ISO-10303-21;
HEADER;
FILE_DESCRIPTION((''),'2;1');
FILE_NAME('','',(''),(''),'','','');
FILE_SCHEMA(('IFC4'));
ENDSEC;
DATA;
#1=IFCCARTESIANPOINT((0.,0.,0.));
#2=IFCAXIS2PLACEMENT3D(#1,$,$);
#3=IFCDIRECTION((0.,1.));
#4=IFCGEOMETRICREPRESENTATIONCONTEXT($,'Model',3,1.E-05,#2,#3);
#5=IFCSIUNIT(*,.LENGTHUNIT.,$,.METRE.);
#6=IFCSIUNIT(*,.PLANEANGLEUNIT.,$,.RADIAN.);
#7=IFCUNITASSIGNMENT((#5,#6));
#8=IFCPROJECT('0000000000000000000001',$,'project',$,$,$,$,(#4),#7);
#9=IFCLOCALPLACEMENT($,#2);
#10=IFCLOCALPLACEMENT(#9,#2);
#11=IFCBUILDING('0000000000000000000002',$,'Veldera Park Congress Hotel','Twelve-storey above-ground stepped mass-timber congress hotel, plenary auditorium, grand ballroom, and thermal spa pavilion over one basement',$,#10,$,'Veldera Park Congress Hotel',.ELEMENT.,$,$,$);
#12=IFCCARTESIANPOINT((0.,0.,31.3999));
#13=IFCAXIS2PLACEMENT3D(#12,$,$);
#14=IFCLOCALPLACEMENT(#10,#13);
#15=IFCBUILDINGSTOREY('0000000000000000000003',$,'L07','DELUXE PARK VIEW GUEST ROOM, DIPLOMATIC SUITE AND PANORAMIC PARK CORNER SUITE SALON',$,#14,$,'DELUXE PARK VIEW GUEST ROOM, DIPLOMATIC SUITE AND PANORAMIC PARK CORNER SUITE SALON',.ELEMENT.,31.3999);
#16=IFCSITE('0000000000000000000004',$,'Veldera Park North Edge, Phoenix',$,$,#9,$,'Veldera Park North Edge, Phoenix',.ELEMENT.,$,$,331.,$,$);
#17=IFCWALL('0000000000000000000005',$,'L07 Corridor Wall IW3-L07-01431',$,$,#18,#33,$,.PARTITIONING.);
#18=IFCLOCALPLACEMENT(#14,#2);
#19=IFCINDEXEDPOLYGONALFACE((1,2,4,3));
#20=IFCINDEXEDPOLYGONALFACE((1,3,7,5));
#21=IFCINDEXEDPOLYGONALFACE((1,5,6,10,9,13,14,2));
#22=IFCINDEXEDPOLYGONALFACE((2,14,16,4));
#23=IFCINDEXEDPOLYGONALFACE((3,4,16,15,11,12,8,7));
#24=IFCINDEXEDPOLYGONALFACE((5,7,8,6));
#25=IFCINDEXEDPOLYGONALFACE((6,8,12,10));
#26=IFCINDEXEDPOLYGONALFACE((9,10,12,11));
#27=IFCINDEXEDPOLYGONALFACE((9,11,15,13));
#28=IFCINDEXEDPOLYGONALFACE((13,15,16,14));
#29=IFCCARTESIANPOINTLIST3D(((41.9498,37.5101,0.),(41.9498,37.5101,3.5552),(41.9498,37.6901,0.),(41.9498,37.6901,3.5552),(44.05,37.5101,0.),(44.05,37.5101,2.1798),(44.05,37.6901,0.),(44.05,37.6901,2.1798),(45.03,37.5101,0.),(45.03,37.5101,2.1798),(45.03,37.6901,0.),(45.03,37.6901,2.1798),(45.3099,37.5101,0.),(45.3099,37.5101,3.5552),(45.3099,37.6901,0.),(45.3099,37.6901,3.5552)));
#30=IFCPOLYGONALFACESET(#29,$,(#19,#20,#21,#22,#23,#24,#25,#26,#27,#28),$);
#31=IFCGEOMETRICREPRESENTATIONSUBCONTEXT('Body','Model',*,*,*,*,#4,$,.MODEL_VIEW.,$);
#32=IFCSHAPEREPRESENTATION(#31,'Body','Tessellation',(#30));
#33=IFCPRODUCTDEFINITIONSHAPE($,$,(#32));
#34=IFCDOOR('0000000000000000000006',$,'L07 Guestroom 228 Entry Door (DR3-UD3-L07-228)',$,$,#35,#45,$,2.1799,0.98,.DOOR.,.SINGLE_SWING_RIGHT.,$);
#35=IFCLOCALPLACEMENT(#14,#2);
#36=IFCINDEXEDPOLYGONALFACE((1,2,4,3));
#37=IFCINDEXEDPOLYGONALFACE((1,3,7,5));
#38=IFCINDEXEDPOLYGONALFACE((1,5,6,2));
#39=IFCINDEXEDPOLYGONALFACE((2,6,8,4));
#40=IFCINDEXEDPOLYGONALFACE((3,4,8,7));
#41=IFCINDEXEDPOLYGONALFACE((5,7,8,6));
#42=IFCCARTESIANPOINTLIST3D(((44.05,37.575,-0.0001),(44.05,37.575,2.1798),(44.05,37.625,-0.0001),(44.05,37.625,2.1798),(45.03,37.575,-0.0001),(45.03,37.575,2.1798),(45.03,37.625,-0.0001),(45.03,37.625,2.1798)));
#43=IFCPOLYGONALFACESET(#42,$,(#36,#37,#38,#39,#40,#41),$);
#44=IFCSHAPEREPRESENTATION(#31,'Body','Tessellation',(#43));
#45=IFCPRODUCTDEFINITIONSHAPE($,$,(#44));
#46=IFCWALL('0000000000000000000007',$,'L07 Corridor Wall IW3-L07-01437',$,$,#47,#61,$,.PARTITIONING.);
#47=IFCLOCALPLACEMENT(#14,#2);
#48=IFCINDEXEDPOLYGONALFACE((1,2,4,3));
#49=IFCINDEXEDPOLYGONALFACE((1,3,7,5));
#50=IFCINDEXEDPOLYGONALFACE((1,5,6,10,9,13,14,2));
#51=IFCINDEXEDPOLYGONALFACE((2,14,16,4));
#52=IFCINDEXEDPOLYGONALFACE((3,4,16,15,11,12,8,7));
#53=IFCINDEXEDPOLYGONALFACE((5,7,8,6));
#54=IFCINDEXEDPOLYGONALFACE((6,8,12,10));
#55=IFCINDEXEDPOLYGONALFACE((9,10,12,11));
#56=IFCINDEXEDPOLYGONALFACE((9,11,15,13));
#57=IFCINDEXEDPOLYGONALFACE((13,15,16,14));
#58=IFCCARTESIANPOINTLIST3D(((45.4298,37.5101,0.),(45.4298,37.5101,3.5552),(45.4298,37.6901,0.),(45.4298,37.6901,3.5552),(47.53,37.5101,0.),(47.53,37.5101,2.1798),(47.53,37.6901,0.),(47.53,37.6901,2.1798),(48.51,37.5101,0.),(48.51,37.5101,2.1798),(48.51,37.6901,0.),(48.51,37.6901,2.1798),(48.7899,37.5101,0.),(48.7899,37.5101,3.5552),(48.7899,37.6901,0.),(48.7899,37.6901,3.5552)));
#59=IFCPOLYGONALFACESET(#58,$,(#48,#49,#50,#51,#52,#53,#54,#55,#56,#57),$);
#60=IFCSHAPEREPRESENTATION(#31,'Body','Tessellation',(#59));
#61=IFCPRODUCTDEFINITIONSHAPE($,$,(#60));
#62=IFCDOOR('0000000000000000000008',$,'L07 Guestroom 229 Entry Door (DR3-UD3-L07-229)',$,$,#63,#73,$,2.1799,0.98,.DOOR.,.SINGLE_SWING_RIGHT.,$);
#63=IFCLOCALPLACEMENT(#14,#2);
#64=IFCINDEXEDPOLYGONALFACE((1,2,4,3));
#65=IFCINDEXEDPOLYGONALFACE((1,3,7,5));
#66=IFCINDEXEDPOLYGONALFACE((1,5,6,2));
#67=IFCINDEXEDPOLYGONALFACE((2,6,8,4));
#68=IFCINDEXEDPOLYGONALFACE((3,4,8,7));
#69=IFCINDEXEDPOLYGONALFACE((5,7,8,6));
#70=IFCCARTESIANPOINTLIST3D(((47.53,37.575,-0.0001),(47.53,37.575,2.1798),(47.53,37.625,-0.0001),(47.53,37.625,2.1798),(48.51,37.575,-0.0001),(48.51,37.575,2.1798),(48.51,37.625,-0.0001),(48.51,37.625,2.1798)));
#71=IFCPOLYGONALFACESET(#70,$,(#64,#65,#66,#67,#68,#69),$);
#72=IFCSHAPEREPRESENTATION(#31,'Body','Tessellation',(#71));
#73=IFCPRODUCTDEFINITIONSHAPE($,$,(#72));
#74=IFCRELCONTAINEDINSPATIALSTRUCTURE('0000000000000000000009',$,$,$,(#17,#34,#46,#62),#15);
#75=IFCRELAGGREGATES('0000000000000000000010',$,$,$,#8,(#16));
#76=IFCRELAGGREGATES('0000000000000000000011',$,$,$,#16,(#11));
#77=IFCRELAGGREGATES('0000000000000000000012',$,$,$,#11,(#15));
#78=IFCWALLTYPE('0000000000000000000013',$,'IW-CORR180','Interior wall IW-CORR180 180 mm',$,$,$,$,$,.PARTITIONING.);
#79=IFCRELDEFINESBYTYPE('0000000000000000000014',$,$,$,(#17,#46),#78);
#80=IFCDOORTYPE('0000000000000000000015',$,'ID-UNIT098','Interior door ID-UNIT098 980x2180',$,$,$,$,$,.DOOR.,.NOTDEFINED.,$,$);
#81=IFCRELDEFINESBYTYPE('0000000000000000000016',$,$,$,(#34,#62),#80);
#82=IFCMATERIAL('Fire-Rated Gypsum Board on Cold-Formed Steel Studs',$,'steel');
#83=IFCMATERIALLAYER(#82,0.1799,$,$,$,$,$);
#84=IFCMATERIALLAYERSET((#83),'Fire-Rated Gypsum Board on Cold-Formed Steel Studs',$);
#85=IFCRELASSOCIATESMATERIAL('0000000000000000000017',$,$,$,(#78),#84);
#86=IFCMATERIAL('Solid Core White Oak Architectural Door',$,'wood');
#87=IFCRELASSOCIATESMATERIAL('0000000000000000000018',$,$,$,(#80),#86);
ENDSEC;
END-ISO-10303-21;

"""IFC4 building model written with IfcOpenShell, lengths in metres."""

from ifc_helpers import new_model, si_unit, direction, frame, frame_2d, origin, place, context, subcontext, project, spatial, rectangle, extrude, material, layer, layer_set, type_object, element, fill, save


model = new_model("IFC4")

# Units and contexts
model_context = context("Model", 3, precision=1e-05, world=origin(), true_north=direction((0.0, 1.0)))
body_context = subcontext(model_context, "Body", "Model", "MODEL_VIEW")
ifc_project = project(units=[si_unit("LENGTHUNIT", "METRE"), si_unit("PLANEANGLEUNIT", "RADIAN")], contexts=[model_context])

# Site, building, storey
site_placement = place(None, origin())
site = spatial("IfcSite", under=ifc_project, at=site_placement, Name="Veldera Park North Edge, Phoenix", LongName="Veldera Park North Edge, Phoenix", CompositionType="ELEMENT", RefElevation=331.0)
building_placement = place(site_placement, origin())
building = spatial("IfcBuilding", under=site, at=building_placement, Name="Veldera Park Congress Hotel", Description="Twelve-storey above-ground stepped mass-timber congress hotel, plenary auditorium, grand ballroom, and thermal spa pavilion over one basement", LongName="Veldera Park Congress Hotel", CompositionType="ELEMENT")
storey_placement = place(building_placement, frame((0.0, 0.0, 31.3999)))
storey = spatial("IfcBuildingStorey", under=building, at=storey_placement, Name="L07", Description="DELUXE PARK VIEW GUEST ROOM, DIPLOMATIC SUITE AND PANORAMIC PARK CORNER SUITE SALON", LongName="DELUXE PARK VIEW GUEST ROOM, DIPLOMATIC SUITE AND PANORAMIC PARK CORNER SUITE SALON", CompositionType="ELEMENT", Elevation=31.3999)

# Shared definitions
ifc_material_1 = material(Name="Fire-Rated Gypsum Board on Cold-Formed Steel Studs", Category="steel")

# Walls, openings, doors
ifc_layer_1 = layer(ifc_material_1, 0.1799)
ifc_layer_set_1 = layer_set([ifc_layer_1], Name="Fire-Rated Gypsum Board on Cold-Formed Steel Studs")
wall_type_1 = type_object("IfcWallType", Name="IW-CORR180", Description="Interior wall IW-CORR180 180 mm", PredefinedType="PARTITIONING", material=ifc_layer_set_1)
wall_1_placement = place(storey_placement, frame((45.3101, 37.6001, 0.0), z_axis=(0.0, 0.0, 1.0), x_axis=(-1.0, 0.0, 0.0)))
wall_1 = element("IfcWall", 1, at=wall_1_placement, inside=storey, type_object=wall_type_1, Name="L07 Corridor Wall IW3-L07-01431", PredefinedType="PARTITIONING", context=body_context, shape_type="SweptSolid", body=[
    extrude(rectangle(XDim=3.3601, YDim=0.1799, at=frame_2d((1.6802, 0.0))), origin(), (0.0, 0.0, 1.0), 3.5552),
])
opening_1_placement = place(wall_1_placement, frame((0.28, 0.0, 0.0)))
opening_1 = element("IfcOpeningElement", 2, at=opening_1_placement, cuts=wall_1, PredefinedType="OPENING", context=body_context, shape_type="SweptSolid", body=[
    extrude(rectangle(XDim=0.98, YDim=2.1799, at=frame_2d((0.49, 1.0898))), frame((0.0, 0.1021, 0.0), z_axis=(0.0, -1.0, 0.0), x_axis=(1.0, 0.0, 0.0)), (0.0, 0.0, 1.0), 0.2039),
])
ifc_material_2 = material(Name="Solid Core White Oak Architectural Door", Category="wood")
door_type = type_object("IfcDoorType", Name="ID-UNIT098", Description="Interior door ID-UNIT098 980x2180", OperationType="NOTDEFINED", PredefinedType="DOOR", material=ifc_material_2)
door_1_placement = place(opening_1_placement, frame((0.98, 0.0, 0.0), z_axis=(0.0, 0.0, 1.0), x_axis=(-1.0, 0.0, 0.0)))
door_1 = element("IfcDoor", 3, at=door_1_placement, inside=storey, type_object=door_type, Name="L07 Guestroom 228 Entry Door (DR3-UD3-L07-228)", OperationType="SINGLE_SWING_RIGHT", OverallHeight=2.1799, OverallWidth=0.98, PredefinedType="DOOR", context=body_context, shape_type="SweptSolid", body=[
    extrude(rectangle(XDim=0.98, YDim=2.1799, at=frame_2d((0.49, 1.0898))), frame((0.0, 0.0249, 0.0), z_axis=(0.0, -1.0, 0.0), x_axis=(1.0, 0.0, 0.0)), (0.0, 0.0, 1.0), 0.05),
])
fill(opening_1, door_1)
wall_2_placement = place(storey_placement, frame((48.79, 37.6001, 0.0), z_axis=(0.0, 0.0, 1.0), x_axis=(-1.0, 0.0, 0.0)))
wall_2 = element("IfcWall", 4, at=wall_2_placement, inside=storey, type_object=wall_type_1, Name="L07 Corridor Wall IW3-L07-01437", PredefinedType="PARTITIONING", context=body_context, shape_type="SweptSolid", body=[
    extrude(rectangle(XDim=3.3601, YDim=0.1799, at=frame_2d((1.6802, 0.0))), origin(), (0.0, 0.0, 1.0), 3.5552),
])
opening_2_placement = place(wall_2_placement, frame((0.28, 0.0, 0.0)))
opening_2 = element("IfcOpeningElement", 5, at=opening_2_placement, cuts=wall_2, PredefinedType="OPENING", context=body_context, shape_type="SweptSolid", body=[
    extrude(rectangle(XDim=0.98, YDim=2.1799, at=frame_2d((0.49, 1.0898))), frame((0.0, 0.1021, 0.0), z_axis=(0.0, -1.0, 0.0), x_axis=(1.0, 0.0, 0.0)), (0.0, 0.0, 1.0), 0.2039),
])
door_2_placement = place(opening_2_placement, frame((0.98, 0.0, 0.0), z_axis=(0.0, 0.0, 1.0), x_axis=(-1.0, 0.0, 0.0)))
door_2 = element("IfcDoor", 6, at=door_2_placement, inside=storey, type_object=door_type, Name="L07 Guestroom 229 Entry Door (DR3-UD3-L07-229)", OperationType="SINGLE_SWING_RIGHT", OverallHeight=2.1799, OverallWidth=0.98, PredefinedType="DOOR", context=body_context, shape_type="SweptSolid", body=[
    extrude(rectangle(XDim=0.98, YDim=2.1799, at=frame_2d((0.49, 1.0898))), frame((0.0, 0.0249, 0.0), z_axis=(0.0, -1.0, 0.0), x_axis=(1.0, 0.0, 0.0)), (0.0, 0.0, 1.0), 0.05),
])
fill(opening_2, door_2)

save(model, "model.ifc")
